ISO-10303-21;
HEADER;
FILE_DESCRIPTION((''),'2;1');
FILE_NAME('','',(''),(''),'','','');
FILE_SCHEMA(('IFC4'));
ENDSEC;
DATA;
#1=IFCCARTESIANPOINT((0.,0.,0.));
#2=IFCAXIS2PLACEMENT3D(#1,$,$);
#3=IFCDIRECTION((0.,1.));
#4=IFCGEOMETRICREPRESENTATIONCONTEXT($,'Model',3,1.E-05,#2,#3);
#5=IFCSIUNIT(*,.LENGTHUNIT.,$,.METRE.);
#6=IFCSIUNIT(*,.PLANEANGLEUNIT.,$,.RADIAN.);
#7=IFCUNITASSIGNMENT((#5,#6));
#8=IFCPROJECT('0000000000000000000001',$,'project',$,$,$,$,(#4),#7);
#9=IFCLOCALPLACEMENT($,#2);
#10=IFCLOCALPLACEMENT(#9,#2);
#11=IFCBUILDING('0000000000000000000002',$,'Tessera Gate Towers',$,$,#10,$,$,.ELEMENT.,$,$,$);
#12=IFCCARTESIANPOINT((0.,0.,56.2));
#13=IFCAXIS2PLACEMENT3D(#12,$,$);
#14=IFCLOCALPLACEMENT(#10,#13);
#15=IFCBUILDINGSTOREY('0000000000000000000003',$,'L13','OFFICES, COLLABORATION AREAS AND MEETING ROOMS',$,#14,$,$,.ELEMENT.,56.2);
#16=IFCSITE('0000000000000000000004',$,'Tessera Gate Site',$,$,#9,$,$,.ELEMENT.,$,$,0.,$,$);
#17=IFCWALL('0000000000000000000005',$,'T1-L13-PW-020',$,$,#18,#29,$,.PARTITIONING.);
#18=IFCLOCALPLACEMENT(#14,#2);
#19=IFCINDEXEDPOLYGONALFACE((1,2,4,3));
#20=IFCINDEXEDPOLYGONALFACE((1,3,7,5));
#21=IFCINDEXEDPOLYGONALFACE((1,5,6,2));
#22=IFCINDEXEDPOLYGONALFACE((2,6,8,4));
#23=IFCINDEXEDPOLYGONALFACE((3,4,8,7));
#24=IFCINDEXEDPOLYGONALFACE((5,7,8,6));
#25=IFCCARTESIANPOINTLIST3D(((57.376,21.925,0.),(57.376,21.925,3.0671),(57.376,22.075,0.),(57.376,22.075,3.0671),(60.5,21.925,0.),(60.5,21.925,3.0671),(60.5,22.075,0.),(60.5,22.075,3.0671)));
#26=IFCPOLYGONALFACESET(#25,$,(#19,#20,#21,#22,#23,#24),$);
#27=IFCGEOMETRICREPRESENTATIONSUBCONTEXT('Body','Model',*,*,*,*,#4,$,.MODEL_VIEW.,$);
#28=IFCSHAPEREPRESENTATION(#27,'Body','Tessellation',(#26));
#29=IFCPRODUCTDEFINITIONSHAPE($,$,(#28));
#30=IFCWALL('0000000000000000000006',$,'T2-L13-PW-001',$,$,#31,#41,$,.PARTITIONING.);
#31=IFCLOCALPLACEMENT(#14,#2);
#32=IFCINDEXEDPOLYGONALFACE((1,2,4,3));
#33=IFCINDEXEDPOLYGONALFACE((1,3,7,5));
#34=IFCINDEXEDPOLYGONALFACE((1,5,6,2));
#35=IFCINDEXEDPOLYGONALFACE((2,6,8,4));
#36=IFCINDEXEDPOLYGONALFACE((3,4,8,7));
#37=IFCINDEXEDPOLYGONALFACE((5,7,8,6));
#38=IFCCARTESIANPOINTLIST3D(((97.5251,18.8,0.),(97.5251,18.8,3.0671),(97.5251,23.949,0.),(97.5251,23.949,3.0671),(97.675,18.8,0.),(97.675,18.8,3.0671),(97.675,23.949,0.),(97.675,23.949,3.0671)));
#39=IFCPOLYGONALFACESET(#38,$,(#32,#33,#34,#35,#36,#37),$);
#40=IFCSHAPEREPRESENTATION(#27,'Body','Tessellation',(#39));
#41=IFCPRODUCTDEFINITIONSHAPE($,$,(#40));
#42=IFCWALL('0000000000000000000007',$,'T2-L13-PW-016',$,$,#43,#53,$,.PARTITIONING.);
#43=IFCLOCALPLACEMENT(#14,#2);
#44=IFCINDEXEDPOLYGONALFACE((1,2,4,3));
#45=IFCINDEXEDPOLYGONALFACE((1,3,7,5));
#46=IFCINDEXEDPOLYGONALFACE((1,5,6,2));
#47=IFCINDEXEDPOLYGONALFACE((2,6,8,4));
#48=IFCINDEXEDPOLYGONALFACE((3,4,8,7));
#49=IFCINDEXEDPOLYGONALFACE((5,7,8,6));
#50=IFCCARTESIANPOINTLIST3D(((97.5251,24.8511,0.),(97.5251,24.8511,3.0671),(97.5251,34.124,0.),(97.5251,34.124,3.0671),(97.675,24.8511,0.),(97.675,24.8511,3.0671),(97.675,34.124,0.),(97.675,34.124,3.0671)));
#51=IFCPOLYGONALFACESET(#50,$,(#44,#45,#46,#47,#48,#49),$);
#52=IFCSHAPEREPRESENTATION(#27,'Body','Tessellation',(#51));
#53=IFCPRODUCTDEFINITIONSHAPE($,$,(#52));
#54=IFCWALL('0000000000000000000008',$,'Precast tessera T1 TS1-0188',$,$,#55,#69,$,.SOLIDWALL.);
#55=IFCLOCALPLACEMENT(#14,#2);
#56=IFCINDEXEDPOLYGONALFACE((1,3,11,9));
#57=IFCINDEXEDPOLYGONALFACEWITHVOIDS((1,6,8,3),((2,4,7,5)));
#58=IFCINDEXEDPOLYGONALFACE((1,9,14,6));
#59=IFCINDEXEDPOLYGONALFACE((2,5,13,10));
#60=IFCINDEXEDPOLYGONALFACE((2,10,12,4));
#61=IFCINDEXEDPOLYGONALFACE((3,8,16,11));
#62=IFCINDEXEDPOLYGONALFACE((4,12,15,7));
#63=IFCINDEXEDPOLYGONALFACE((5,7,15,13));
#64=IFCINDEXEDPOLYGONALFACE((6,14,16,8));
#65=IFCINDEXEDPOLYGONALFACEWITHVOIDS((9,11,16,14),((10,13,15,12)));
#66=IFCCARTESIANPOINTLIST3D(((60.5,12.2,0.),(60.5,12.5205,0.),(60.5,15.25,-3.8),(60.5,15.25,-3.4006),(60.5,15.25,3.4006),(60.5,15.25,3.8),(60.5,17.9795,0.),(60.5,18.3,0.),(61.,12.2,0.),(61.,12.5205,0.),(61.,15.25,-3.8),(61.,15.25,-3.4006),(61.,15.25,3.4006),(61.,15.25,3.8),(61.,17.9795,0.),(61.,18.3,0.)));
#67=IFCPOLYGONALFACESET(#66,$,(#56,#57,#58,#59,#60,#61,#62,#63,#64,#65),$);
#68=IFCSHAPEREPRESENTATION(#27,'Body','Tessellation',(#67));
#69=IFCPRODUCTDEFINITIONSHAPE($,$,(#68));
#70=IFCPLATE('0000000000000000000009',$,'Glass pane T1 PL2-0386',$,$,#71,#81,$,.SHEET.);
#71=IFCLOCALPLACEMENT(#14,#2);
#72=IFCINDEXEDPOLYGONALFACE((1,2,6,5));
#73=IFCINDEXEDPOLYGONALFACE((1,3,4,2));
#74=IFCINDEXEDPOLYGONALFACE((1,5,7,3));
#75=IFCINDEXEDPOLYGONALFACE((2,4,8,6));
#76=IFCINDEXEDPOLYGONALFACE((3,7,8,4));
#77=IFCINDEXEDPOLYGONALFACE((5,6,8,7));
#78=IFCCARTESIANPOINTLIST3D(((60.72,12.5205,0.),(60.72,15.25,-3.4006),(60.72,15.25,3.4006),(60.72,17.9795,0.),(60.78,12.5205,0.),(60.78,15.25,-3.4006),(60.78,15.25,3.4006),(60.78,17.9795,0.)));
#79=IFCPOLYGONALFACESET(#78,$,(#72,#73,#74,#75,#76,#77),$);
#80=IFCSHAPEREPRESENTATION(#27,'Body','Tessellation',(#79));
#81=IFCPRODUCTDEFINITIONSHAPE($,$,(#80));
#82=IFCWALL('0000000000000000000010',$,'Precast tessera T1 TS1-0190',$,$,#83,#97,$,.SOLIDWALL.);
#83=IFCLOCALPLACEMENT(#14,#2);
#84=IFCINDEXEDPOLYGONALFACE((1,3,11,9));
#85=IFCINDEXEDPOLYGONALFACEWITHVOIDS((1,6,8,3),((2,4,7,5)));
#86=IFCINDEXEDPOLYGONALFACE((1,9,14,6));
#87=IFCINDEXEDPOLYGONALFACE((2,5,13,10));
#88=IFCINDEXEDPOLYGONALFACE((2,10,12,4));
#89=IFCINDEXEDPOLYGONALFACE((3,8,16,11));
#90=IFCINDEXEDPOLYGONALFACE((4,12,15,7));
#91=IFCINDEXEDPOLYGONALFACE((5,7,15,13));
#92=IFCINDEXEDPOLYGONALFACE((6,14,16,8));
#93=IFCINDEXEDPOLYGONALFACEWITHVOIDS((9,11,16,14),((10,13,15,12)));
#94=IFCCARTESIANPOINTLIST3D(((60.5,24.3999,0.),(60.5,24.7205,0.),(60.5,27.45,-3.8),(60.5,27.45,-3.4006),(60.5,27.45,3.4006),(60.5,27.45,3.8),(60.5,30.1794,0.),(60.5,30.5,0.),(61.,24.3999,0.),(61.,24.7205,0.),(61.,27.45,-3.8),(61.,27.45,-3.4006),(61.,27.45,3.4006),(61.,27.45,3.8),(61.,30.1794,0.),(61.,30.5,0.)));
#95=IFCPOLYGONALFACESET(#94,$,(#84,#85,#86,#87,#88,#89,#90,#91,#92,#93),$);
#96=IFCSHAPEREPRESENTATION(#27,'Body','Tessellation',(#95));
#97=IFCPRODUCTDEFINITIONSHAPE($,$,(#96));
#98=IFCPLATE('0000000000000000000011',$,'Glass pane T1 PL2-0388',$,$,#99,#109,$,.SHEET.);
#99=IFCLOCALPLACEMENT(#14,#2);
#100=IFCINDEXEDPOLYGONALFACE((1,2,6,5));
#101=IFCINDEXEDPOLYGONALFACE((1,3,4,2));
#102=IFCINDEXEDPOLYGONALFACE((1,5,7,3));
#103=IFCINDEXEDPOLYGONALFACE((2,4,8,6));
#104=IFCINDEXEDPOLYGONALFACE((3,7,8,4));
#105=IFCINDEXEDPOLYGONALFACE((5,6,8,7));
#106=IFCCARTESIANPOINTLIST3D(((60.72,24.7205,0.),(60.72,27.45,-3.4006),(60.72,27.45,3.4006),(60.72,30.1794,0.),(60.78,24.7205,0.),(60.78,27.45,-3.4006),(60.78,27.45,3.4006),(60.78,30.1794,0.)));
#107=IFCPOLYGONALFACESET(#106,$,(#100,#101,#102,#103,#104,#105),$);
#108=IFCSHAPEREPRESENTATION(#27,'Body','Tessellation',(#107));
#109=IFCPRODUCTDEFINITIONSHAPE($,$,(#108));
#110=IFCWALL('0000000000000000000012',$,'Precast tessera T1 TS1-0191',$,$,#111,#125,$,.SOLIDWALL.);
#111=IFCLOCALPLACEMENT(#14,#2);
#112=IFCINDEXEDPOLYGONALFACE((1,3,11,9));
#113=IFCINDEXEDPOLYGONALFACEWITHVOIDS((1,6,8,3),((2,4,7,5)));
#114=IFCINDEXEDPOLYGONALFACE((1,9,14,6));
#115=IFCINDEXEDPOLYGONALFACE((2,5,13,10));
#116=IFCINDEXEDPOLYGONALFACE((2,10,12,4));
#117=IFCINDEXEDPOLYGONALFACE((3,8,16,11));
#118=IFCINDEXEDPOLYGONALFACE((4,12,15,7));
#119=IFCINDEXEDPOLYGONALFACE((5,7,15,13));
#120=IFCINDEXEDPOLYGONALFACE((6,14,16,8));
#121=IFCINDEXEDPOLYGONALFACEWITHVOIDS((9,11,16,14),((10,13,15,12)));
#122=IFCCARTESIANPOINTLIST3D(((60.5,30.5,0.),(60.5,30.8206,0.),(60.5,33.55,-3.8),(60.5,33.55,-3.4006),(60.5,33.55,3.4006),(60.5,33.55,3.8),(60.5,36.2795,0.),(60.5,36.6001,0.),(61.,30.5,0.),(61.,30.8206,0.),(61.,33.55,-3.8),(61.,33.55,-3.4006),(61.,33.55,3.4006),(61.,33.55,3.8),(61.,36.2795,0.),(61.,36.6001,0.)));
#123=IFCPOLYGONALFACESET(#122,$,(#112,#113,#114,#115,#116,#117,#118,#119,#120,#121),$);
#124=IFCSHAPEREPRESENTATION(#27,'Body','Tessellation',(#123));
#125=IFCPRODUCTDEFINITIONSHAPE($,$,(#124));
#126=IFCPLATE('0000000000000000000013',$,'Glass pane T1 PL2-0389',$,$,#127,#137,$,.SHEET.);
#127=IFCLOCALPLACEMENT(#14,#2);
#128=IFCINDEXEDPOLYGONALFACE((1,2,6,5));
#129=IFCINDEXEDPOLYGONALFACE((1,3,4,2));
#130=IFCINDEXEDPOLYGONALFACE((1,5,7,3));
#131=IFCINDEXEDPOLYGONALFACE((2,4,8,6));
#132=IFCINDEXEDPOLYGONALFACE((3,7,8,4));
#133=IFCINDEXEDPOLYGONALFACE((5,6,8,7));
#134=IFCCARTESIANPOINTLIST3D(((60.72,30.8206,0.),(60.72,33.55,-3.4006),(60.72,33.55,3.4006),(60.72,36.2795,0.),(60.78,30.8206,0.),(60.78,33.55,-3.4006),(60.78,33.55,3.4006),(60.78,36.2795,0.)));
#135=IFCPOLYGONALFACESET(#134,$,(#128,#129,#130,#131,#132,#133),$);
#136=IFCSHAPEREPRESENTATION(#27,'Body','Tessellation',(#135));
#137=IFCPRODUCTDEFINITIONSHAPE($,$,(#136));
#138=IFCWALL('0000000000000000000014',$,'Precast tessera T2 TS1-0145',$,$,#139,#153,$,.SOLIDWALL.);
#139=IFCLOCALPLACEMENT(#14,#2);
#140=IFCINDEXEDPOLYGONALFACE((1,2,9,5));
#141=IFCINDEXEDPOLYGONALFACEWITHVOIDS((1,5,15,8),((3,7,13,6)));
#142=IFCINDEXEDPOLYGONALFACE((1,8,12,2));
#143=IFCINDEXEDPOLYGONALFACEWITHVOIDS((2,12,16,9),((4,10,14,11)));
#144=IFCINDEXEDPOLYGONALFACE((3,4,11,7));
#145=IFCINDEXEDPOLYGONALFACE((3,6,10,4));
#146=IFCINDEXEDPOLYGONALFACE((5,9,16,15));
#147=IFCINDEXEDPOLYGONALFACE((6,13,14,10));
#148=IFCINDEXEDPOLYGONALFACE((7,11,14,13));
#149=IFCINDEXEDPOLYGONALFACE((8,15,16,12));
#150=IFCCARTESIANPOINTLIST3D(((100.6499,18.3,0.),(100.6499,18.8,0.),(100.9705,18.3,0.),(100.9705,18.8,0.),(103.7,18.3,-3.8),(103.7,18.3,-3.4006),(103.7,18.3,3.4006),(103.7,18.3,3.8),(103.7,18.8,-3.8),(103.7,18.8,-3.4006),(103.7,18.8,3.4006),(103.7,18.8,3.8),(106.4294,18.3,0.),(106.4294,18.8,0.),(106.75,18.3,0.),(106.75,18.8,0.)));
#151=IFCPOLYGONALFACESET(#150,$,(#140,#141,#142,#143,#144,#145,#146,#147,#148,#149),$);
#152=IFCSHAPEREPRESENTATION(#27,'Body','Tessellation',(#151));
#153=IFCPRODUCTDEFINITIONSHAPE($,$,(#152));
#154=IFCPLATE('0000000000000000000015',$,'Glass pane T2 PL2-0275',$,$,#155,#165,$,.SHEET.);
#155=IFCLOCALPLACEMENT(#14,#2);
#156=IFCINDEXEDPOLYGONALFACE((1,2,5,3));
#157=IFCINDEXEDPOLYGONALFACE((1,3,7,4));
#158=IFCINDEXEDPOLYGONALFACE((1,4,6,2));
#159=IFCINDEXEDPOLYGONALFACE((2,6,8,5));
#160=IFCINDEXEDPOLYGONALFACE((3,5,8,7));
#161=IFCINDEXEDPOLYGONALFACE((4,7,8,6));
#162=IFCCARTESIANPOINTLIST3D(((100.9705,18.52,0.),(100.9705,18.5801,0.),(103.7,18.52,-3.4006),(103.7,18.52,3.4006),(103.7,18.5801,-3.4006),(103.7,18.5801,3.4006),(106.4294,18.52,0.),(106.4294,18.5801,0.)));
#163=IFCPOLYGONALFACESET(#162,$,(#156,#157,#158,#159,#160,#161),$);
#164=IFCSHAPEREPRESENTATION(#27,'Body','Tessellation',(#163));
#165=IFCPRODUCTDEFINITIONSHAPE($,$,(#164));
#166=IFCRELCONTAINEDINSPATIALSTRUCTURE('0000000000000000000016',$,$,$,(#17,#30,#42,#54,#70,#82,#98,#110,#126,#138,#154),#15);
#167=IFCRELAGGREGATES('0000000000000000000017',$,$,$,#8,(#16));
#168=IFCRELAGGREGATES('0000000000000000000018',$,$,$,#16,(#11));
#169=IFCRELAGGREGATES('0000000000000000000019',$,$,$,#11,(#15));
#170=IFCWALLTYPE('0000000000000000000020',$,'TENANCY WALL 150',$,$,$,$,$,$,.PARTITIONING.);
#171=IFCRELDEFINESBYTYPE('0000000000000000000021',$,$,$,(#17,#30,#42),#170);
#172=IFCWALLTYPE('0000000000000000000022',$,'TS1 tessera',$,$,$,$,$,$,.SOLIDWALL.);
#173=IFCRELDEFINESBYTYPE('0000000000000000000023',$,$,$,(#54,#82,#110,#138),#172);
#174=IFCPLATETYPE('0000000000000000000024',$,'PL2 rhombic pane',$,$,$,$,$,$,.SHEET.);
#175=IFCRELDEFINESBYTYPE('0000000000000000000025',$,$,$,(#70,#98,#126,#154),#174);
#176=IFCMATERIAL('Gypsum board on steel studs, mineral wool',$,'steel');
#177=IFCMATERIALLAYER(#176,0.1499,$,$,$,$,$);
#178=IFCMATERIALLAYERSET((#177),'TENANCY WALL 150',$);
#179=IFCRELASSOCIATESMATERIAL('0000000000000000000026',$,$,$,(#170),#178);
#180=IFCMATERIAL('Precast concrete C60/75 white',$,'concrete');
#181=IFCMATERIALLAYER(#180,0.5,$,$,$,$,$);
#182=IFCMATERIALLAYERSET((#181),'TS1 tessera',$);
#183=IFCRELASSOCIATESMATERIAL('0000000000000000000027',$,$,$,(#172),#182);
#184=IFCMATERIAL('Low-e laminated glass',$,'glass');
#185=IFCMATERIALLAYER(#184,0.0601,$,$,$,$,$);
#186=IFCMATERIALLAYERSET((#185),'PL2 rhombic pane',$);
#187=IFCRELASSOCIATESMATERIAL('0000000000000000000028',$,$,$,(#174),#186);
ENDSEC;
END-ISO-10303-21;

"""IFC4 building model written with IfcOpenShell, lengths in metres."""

from ifc_helpers import new_model, si_unit, direction, frame, frame_2d, origin, place, context, subcontext, project, spatial, polyline, rectangle, outline, extrude, source, transform, mapped, material, layer, layer_set, type_object, element, fill, save


model = new_model("IFC4")

# Units and contexts
model_context = context("Model", 3, precision=1e-05, world=origin(), true_north=direction((0.0, 1.0)))
body_context = subcontext(model_context, "Body", "Model", "MODEL_VIEW")
ifc_project = project(units=[si_unit("LENGTHUNIT", "METRE"), si_unit("PLANEANGLEUNIT", "RADIAN")], contexts=[model_context])

# Site, building, storey
site_placement = place(None, origin())
site = spatial("IfcSite", under=ifc_project, at=site_placement, Name="Tessera Gate Site", CompositionType="ELEMENT", RefElevation=0.0)
building_placement = place(site_placement, origin())
building = spatial("IfcBuilding", under=site, at=building_placement, Name="Tessera Gate Towers", CompositionType="ELEMENT")
storey_placement = place(building_placement, frame((0.0, 0.0, 56.2)))
storey = spatial("IfcBuildingStorey", under=building, at=storey_placement, Name="L13", Description="OFFICES, COLLABORATION AREAS AND MEETING ROOMS", CompositionType="ELEMENT", Elevation=56.2)

# Walls
ifc_material_1 = material(Name="Gypsum board on steel studs, mineral wool", Category="steel")
ifc_layer_1 = layer(ifc_material_1, 0.1499)
ifc_layer_set_1 = layer_set([ifc_layer_1], Name="TENANCY WALL 150")
wall_type_1 = type_object("IfcWallType", Name="TENANCY WALL 150", PredefinedType="PARTITIONING", material=ifc_layer_set_1)
wall_1_placement = place(storey_placement, frame((57.376, 22.0, 0.0), z_axis=(0.0, 0.0, 1.0), x_axis=(1.0, 0.0, 0.0)))
element("IfcWall", 1, at=wall_1_placement, inside=storey, type_object=wall_type_1, Name="T1-L13-PW-020", PredefinedType="PARTITIONING", context=body_context, shape_type="SweptSolid", body=[
    extrude(rectangle(XDim=3.124, YDim=0.1499, at=frame_2d((1.562, 0.0))), origin(), (0.0, 0.0, 1.0), 3.0671),
])
wall_2_placement = place(storey_placement, frame((97.6001, 18.8, 0.0), z_axis=(0.0, 0.0, 1.0), x_axis=(0.0, 1.0, 0.0)))
element("IfcWall", 2, at=wall_2_placement, inside=storey, type_object=wall_type_1, Name="T2-L13-PW-001", PredefinedType="PARTITIONING", context=body_context, shape_type="SweptSolid", body=[
    extrude(rectangle(XDim=5.1489, YDim=0.1499, at=frame_2d((2.5745, 0.0))), origin(), (0.0, 0.0, 1.0), 3.0671),
])
wall_3_placement = place(storey_placement, frame((97.6001, 24.8511, 0.0), z_axis=(0.0, 0.0, 1.0), x_axis=(0.0, 1.0, 0.0)))
element("IfcWall", 3, at=wall_3_placement, inside=storey, type_object=wall_type_1, Name="T2-L13-PW-016", PredefinedType="PARTITIONING", context=body_context, shape_type="SweptSolid", body=[
    extrude(rectangle(XDim=9.2729, YDim=0.1499, at=frame_2d((4.6365, 0.0))), origin(), (0.0, 0.0, 1.0), 3.0671),
])

# Walls, openings, plates
ifc_material_2 = material(Name="Precast concrete C60/75 white", Category="concrete")
ifc_layer_2 = layer(ifc_material_2, 0.5)
ifc_layer_set_2 = layer_set([ifc_layer_2], Name="TS1 tessera")
wall_type_2 = type_object("IfcWallType", Name="TS1 tessera", PredefinedType="SOLIDWALL", material=ifc_layer_set_2)
shared_shape_1 = source(origin(), body_context, "Body", "SweptSolid", [
    extrude(outline(polyline([(3.05, 0.0), (6.1001, 3.8), (3.05, 7.6001), (0.0, 3.8), (3.05, 0.0)])), frame((0.0, 0.25, 0.0), z_axis=(0.0, -1.0, 0.0), x_axis=(1.0, 0.0, 0.0)), (0.0, 0.0, 1.0), 0.5),
])
wall_4_placement = place(storey_placement, frame((60.75, 12.2, -3.8), z_axis=(0.0, 0.0, 1.0), x_axis=(0.0, 1.0, 0.0)))
wall_4 = element("IfcWall", 4, at=wall_4_placement, inside=storey, type_object=wall_type_2, Name="Precast tessera T1 TS1-0188", PredefinedType="SOLIDWALL", context=body_context, shape_type="MappedRepresentation", body=[
    mapped(shared_shape_1, transform((0.0, 0.0, 0.0), scale=1.0)),
])
shared_shape_2 = source(origin(), body_context, "Body", "SweptSolid", [
    extrude(outline(polyline([(3.05, 0.3994), (5.7795, 3.8), (3.05, 7.2007), (0.3206, 3.8), (3.05, 0.3994)])), frame((0.0, 0.26, 0.0), z_axis=(0.0, -1.0, 0.0), x_axis=(1.0, 0.0, 0.0)), (0.0, 0.0, 1.0), 0.52),
])
opening_1_placement = place(wall_4_placement, origin())
opening_1 = element("IfcOpeningElement", 5, at=opening_1_placement, cuts=wall_4, PredefinedType="OPENING", context=body_context, shape_type="MappedRepresentation", body=[
    mapped(shared_shape_2, transform((0.0, 0.0, 0.0), scale=1.0)),
])
ifc_material_3 = material(Name="Low-e laminated glass", Category="glass")
ifc_layer_3 = layer(ifc_material_3, 0.0601)
ifc_layer_set_3 = layer_set([ifc_layer_3], Name="PL2 rhombic pane")
plate_type = type_object("IfcPlateType", Name="PL2 rhombic pane", PredefinedType="SHEET", material=ifc_layer_set_3)
shared_shape_3 = source(origin(), body_context, "Body", "SweptSolid", [
    extrude(outline(polyline([(3.05, 0.3994), (5.7795, 3.8), (3.05, 7.2007), (0.3206, 3.8), (3.05, 0.3994)])), frame((0.0, 0.03, 0.0), z_axis=(0.0, -1.0, 0.0), x_axis=(1.0, 0.0, 0.0)), (0.0, 0.0, 1.0), 0.0601),
])
plate_1_placement = place(opening_1_placement, origin())
plate_1 = element("IfcPlate", 6, at=plate_1_placement, inside=storey, type_object=plate_type, Name="Glass pane T1 PL2-0386", PredefinedType="SHEET", context=body_context, shape_type="MappedRepresentation", body=[
    mapped(shared_shape_3, transform((0.0, 0.0, 0.0), scale=1.0)),
])
fill(opening_1, plate_1)
wall_5_placement = place(storey_placement, frame((60.75, 24.3999, -3.8), z_axis=(0.0, 0.0, 1.0), x_axis=(0.0, 1.0, 0.0)))
wall_5 = element("IfcWall", 7, at=wall_5_placement, inside=storey, type_object=wall_type_2, Name="Precast tessera T1 TS1-0190", PredefinedType="SOLIDWALL", context=body_context, shape_type="MappedRepresentation", body=[
    mapped(shared_shape_1, transform((0.0, 0.0, 0.0), scale=1.0)),
])
opening_2_placement = place(wall_5_placement, origin())
opening_2 = element("IfcOpeningElement", 8, at=opening_2_placement, cuts=wall_5, PredefinedType="OPENING", context=body_context, shape_type="MappedRepresentation", body=[
    mapped(shared_shape_2, transform((0.0, 0.0, 0.0), scale=1.0)),
])
plate_2_placement = place(opening_2_placement, origin())
plate_2 = element("IfcPlate", 9, at=plate_2_placement, inside=storey, type_object=plate_type, Name="Glass pane T1 PL2-0388", PredefinedType="SHEET", context=body_context, shape_type="MappedRepresentation", body=[
    mapped(shared_shape_3, transform((0.0, 0.0, 0.0), scale=1.0)),
])
fill(opening_2, plate_2)
wall_6_placement = place(storey_placement, frame((60.75, 30.5, -3.8), z_axis=(0.0, 0.0, 1.0), x_axis=(0.0, 1.0, 0.0)))
wall_6 = element("IfcWall", 10, at=wall_6_placement, inside=storey, type_object=wall_type_2, Name="Precast tessera T1 TS1-0191", PredefinedType="SOLIDWALL", context=body_context, shape_type="MappedRepresentation", body=[
    mapped(shared_shape_1, transform((0.0, 0.0, 0.0), scale=1.0)),
])
opening_3_placement = place(wall_6_placement, origin())
opening_3 = element("IfcOpeningElement", 11, at=opening_3_placement, cuts=wall_6, PredefinedType="OPENING", context=body_context, shape_type="MappedRepresentation", body=[
    mapped(shared_shape_2, transform((0.0, 0.0, 0.0), scale=1.0)),
])
plate_3_placement = place(opening_3_placement, origin())
plate_3 = element("IfcPlate", 12, at=plate_3_placement, inside=storey, type_object=plate_type, Name="Glass pane T1 PL2-0389", PredefinedType="SHEET", context=body_context, shape_type="MappedRepresentation", body=[
    mapped(shared_shape_3, transform((0.0, 0.0, 0.0), scale=1.0)),
])
fill(opening_3, plate_3)
wall_7_placement = place(storey_placement, frame((100.6499, 18.55, -3.8), z_axis=(0.0, 0.0, 1.0), x_axis=(1.0, 0.0, 0.0)))
wall_7 = element("IfcWall", 13, at=wall_7_placement, inside=storey, type_object=wall_type_2, Name="Precast tessera T2 TS1-0145", PredefinedType="SOLIDWALL", context=body_context, shape_type="MappedRepresentation", body=[
    mapped(shared_shape_1, transform((0.0, 0.0, 0.0), scale=1.0)),
])
opening_4_placement = place(wall_7_placement, origin())
opening_4 = element("IfcOpeningElement", 14, at=opening_4_placement, cuts=wall_7, PredefinedType="OPENING", context=body_context, shape_type="MappedRepresentation", body=[
    mapped(shared_shape_2, transform((0.0, 0.0, 0.0), scale=1.0)),
])
plate_4_placement = place(opening_4_placement, origin())
plate_4 = element("IfcPlate", 15, at=plate_4_placement, inside=storey, type_object=plate_type, Name="Glass pane T2 PL2-0275", PredefinedType="SHEET", context=body_context, shape_type="MappedRepresentation", body=[
    mapped(shared_shape_3, transform((0.0, 0.0, 0.0), scale=1.0)),
])
fill(opening_4, plate_4)

save(model, "model.ifc")
